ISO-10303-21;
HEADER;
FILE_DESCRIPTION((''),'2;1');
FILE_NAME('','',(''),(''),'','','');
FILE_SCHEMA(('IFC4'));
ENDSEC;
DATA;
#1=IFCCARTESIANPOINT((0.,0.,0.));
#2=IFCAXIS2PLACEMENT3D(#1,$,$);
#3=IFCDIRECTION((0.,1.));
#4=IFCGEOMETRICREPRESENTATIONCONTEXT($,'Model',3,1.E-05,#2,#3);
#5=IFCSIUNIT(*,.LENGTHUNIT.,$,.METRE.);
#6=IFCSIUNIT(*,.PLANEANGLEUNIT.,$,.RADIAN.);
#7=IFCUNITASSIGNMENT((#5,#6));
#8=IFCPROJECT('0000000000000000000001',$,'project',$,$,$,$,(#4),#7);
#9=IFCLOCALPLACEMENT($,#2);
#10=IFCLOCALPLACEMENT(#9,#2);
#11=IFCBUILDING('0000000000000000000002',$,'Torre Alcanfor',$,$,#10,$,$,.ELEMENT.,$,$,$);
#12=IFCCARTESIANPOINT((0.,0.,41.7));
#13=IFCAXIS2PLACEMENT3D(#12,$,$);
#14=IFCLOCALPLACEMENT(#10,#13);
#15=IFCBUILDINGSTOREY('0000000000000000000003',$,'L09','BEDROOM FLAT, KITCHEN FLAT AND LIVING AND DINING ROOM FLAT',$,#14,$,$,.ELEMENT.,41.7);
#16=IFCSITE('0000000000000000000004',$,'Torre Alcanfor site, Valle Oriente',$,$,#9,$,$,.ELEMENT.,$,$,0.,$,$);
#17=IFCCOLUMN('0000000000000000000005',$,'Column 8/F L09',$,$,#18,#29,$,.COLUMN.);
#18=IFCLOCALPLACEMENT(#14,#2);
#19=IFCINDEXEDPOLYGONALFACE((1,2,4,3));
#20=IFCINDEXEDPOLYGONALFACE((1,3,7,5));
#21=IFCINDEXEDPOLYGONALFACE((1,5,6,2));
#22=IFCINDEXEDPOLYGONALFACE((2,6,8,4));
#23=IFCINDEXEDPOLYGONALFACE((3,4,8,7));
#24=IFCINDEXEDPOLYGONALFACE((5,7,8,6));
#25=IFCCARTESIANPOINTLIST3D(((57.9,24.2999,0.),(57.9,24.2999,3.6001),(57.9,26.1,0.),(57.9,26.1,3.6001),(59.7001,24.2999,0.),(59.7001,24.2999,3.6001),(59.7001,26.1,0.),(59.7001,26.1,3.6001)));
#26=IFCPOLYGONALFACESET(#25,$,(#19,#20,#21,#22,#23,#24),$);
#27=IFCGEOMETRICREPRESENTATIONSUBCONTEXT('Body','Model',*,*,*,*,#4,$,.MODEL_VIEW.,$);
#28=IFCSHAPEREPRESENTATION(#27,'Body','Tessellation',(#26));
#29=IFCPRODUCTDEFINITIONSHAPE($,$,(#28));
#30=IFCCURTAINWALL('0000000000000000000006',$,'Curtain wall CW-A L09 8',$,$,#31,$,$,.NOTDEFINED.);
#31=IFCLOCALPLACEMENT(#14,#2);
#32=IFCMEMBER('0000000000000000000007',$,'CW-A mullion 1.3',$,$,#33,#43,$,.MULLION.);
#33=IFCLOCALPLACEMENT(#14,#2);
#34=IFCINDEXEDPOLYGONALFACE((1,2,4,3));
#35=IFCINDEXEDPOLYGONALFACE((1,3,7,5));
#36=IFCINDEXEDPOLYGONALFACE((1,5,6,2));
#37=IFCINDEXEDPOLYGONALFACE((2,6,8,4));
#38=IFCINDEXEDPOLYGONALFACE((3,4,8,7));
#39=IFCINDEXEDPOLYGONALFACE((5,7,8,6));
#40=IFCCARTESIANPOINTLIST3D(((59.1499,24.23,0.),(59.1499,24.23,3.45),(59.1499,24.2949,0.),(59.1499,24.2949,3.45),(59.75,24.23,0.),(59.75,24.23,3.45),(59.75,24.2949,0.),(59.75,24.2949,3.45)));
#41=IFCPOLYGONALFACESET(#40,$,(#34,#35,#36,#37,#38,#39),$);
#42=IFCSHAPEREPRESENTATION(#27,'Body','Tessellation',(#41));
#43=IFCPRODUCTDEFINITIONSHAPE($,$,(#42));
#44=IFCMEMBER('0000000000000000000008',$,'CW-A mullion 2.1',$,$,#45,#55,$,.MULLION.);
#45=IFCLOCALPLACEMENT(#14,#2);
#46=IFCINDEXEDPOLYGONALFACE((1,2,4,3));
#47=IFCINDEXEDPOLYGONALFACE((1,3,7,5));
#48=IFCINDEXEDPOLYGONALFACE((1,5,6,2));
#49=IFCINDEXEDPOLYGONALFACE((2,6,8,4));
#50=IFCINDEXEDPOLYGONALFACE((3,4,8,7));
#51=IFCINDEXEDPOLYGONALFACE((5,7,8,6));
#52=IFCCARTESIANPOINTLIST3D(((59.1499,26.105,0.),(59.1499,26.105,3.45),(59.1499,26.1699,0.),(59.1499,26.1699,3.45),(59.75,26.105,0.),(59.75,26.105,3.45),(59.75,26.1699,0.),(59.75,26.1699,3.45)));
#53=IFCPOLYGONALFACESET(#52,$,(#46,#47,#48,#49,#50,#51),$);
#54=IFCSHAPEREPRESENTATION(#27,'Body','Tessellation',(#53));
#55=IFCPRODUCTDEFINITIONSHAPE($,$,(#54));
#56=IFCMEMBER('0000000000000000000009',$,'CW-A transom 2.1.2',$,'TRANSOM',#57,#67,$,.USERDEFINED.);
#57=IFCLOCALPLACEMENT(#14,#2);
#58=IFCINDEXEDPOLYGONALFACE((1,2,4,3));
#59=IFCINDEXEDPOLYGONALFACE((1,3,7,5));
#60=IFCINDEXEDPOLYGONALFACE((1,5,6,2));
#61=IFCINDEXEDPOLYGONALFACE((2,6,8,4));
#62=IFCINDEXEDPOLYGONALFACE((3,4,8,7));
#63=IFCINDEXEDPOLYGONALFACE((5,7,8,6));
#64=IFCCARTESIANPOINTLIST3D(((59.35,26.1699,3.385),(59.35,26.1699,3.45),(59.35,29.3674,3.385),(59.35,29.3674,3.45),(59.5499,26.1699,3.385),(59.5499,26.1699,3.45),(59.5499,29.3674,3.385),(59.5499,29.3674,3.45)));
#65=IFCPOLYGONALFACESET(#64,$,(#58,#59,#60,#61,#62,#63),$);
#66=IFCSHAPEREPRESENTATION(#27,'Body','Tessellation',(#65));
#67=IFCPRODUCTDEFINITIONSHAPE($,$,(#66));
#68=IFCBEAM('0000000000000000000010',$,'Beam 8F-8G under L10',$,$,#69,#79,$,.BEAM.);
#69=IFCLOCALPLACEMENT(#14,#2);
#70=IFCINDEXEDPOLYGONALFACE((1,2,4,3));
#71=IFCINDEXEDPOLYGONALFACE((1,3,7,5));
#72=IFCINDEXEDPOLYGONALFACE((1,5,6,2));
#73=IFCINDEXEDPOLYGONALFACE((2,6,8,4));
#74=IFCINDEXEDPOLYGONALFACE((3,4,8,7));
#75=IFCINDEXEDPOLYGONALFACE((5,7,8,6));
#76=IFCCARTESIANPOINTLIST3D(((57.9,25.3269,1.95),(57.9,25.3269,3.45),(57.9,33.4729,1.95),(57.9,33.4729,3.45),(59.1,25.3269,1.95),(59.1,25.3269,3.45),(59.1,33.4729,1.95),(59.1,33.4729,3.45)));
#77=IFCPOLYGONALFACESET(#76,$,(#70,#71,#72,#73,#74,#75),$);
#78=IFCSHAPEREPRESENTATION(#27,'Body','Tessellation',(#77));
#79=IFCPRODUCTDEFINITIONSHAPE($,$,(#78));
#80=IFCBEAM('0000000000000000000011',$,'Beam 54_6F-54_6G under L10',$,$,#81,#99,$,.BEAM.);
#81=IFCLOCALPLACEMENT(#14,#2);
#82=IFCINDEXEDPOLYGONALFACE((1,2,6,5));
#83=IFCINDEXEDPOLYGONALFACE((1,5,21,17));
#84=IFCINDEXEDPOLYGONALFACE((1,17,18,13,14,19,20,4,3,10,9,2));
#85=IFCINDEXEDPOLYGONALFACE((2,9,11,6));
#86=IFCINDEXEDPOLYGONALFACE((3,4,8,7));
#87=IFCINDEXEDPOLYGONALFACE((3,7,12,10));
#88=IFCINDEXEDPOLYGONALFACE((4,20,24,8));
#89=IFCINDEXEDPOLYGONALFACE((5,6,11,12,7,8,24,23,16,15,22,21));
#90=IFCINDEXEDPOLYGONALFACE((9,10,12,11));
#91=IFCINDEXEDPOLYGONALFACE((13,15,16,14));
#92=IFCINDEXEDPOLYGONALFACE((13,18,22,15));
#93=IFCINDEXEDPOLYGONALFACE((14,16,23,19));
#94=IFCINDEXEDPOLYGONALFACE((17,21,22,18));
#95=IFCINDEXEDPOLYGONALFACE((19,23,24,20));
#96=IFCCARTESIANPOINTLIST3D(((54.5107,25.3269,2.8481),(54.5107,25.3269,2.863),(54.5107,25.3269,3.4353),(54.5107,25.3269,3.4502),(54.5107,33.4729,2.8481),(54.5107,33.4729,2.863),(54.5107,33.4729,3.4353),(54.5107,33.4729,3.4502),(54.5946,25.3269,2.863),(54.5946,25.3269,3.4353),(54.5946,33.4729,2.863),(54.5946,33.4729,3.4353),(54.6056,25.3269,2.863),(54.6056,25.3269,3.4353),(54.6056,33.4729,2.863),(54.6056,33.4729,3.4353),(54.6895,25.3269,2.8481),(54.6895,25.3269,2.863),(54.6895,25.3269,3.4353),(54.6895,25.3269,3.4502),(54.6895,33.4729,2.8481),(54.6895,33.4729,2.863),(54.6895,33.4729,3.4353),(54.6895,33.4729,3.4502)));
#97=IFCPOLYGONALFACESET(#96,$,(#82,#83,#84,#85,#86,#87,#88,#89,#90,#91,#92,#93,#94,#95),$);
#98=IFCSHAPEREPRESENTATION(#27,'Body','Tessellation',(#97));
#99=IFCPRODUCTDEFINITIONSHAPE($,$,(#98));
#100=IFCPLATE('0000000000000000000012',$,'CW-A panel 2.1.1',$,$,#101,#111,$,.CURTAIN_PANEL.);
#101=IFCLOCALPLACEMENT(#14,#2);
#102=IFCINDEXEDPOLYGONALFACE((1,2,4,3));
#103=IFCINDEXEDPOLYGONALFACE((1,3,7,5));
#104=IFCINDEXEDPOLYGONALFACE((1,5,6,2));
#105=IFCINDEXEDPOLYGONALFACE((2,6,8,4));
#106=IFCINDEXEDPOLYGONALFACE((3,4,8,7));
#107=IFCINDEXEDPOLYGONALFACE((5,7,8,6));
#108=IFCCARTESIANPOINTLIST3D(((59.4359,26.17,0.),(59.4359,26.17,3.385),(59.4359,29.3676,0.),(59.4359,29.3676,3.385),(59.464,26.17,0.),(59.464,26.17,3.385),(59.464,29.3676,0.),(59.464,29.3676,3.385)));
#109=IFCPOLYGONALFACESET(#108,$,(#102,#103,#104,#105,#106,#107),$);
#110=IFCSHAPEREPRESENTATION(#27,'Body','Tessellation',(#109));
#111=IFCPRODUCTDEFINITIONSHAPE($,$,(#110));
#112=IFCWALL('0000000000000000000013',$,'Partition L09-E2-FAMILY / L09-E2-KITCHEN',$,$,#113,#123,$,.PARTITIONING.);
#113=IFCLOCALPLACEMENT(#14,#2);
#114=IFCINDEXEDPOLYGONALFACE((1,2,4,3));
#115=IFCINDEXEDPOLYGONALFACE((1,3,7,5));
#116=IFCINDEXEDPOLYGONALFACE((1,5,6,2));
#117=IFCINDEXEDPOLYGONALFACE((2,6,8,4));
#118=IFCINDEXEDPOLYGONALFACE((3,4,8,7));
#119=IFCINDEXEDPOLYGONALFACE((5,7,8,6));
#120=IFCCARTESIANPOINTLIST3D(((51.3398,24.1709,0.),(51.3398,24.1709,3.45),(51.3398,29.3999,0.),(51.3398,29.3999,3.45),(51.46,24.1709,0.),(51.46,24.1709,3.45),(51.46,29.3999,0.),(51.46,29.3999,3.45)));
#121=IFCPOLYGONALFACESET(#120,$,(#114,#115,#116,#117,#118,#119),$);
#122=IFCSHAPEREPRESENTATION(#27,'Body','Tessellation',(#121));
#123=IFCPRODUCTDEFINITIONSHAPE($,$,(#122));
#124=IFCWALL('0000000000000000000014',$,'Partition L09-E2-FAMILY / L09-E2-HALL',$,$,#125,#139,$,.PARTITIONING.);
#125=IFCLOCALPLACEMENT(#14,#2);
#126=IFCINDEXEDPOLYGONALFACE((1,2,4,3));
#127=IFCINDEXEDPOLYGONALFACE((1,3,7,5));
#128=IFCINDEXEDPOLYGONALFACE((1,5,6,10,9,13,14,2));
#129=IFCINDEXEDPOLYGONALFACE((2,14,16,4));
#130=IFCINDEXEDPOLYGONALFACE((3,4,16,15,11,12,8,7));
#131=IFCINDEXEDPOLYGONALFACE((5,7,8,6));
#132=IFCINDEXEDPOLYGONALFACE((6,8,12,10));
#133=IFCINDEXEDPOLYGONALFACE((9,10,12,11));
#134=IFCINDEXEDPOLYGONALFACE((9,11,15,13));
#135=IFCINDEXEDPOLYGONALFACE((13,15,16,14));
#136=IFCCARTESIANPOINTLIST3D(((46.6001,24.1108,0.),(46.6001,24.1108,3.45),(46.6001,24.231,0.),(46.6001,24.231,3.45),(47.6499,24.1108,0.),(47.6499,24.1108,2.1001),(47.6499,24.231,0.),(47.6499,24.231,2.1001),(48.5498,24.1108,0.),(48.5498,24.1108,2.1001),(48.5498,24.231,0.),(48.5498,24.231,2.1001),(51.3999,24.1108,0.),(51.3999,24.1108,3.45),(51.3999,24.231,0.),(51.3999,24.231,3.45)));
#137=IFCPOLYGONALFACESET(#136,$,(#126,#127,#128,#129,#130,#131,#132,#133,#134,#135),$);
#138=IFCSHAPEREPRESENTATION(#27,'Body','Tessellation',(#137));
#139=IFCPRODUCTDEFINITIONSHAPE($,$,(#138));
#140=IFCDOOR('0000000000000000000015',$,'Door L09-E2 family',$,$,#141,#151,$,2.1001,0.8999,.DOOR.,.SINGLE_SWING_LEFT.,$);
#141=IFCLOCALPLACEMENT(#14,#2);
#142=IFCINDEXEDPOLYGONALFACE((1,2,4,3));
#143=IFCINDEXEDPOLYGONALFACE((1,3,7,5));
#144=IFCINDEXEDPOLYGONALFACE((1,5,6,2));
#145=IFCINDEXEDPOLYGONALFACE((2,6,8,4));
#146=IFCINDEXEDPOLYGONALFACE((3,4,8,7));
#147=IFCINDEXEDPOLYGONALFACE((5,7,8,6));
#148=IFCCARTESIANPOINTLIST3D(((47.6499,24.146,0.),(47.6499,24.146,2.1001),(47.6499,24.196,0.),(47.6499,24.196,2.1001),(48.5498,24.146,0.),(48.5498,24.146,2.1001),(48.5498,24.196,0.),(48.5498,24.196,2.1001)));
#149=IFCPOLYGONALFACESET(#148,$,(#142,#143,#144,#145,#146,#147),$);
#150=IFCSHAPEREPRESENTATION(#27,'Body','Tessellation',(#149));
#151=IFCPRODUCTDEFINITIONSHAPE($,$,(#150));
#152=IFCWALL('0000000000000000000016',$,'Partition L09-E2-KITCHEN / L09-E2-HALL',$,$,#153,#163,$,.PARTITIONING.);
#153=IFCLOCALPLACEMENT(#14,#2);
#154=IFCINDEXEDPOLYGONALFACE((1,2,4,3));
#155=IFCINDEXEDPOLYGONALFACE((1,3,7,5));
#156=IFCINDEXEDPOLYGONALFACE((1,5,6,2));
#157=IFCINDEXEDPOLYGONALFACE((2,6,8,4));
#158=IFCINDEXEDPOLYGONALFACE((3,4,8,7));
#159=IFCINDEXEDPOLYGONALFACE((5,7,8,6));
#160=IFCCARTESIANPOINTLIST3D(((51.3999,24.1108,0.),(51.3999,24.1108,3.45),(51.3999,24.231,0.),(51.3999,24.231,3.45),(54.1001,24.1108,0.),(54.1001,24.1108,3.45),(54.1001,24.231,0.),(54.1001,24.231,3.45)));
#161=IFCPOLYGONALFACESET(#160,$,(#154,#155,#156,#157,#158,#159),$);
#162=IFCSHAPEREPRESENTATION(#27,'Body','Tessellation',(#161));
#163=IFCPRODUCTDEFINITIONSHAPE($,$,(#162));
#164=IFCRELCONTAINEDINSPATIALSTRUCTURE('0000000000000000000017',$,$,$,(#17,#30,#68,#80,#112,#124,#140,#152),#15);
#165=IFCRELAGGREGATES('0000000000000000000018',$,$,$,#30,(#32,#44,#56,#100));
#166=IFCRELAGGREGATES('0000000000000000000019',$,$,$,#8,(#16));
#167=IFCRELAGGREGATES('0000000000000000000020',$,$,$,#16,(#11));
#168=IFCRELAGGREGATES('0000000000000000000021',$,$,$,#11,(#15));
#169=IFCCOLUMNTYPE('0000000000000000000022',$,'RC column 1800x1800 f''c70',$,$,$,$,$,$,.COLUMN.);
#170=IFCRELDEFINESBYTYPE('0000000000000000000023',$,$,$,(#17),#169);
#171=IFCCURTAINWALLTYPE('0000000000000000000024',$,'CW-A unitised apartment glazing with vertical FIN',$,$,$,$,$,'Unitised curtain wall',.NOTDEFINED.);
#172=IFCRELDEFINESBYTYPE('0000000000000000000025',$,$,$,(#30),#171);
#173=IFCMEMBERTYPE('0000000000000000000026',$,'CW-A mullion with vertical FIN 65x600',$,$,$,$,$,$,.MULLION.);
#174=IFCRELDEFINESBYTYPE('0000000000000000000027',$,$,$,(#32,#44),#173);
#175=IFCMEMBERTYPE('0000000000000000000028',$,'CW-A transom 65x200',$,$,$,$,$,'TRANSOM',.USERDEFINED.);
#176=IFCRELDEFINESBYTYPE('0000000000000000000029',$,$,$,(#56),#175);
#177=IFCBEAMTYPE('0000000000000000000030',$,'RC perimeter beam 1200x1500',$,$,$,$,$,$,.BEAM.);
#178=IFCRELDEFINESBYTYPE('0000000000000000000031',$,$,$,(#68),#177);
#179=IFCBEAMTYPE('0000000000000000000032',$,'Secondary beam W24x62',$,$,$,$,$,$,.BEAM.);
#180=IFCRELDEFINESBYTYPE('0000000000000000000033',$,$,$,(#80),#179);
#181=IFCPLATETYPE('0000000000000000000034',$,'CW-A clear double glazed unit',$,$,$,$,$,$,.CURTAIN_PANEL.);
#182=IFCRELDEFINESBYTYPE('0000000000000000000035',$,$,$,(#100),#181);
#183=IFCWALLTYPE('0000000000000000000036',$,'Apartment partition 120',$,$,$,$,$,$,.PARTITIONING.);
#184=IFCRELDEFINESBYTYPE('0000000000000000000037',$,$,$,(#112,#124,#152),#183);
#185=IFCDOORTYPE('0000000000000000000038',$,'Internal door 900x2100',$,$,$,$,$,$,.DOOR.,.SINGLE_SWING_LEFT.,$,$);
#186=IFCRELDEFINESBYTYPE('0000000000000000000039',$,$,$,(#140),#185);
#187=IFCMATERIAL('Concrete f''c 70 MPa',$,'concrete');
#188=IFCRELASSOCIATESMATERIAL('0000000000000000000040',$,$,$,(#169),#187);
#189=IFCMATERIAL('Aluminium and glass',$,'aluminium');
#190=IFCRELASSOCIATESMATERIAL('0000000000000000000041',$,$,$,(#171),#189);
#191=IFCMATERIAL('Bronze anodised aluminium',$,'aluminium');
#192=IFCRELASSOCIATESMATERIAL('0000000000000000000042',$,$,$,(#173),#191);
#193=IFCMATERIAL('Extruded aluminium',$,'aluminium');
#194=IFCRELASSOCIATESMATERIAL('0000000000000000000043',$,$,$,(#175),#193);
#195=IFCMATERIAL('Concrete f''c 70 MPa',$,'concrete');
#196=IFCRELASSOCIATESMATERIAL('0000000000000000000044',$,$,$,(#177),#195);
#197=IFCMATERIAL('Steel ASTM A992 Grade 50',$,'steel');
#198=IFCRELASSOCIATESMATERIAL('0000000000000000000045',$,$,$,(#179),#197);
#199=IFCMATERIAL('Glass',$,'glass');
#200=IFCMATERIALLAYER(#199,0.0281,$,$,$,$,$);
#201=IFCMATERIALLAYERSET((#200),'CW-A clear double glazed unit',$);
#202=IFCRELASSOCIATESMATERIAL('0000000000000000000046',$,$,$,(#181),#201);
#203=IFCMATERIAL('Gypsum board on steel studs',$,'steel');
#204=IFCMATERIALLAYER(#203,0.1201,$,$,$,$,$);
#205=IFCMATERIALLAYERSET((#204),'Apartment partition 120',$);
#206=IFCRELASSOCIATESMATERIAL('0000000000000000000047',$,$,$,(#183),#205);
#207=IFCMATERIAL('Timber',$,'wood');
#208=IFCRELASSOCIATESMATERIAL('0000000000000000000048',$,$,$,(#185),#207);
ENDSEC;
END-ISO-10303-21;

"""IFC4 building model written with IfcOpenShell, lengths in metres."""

from ifc_helpers import new_model, si_unit, direction, frame, frame_2d, origin, origin_2d, place, context, subcontext, project, spatial, rectangle, i_section, extrude, material, layer, layer_set, material_profile, profile_set, type_object, element, fill, aggregate, save


model = new_model("IFC4")

# Units and contexts
model_context = context("Model", 3, precision=1e-05, world=origin(), true_north=direction((0.0, 1.0)))
body_context = subcontext(model_context, "Body", "Model", "MODEL_VIEW")
ifc_project = project(units=[si_unit("LENGTHUNIT", "METRE"), si_unit("PLANEANGLEUNIT", "RADIAN")], contexts=[model_context])

# Site, building, storey
site_placement = place(None, origin())
site = spatial("IfcSite", under=ifc_project, at=site_placement, Name="Torre Alcanfor site, Valle Oriente", CompositionType="ELEMENT", RefElevation=0.0)
building_placement = place(site_placement, origin())
building = spatial("IfcBuilding", under=site, at=building_placement, Name="Torre Alcanfor", CompositionType="ELEMENT")
storey_placement = place(building_placement, frame((0.0, 0.0, 41.7)))
storey = spatial("IfcBuildingStorey", under=building, at=storey_placement, Name="L09", Description="BEDROOM FLAT, KITCHEN FLAT AND LIVING AND DINING ROOM FLAT", CompositionType="ELEMENT", Elevation=41.7)

# Column
ifc_material_1 = material(Name="Concrete f'c 70 MPa", Category="concrete")
ifc_material_profile_1 = material_profile(ifc_material_1, rectangle(XDim=1.8, YDim=1.8, at=origin_2d()), Name="1800x1800")
ifc_profile_set_1 = profile_set([ifc_material_profile_1], Name="Concrete f'c 70 MPa")
column_type = type_object("IfcColumnType", Name="RC column 1800x1800 f'c70", PredefinedType="COLUMN", material=ifc_profile_set_1)
column_placement = place(storey_placement, frame((58.8, 25.2, 0.0), z_axis=(0.0, 0.0, 1.0), x_axis=(1.0, 0.0, 0.0)))
element("IfcColumn", 1, at=column_placement, inside=storey, type_object=column_type, Name="Column 8/F L09", PredefinedType="COLUMN", context=body_context, shape_type="SweptSolid", body=[
    extrude(rectangle(XDim=1.8, YDim=1.8, at=origin_2d()), origin(), (0.0, 0.0, 1.0), 3.6001),
])

# Curtain wall, members
ifc_material_2 = material(Name="Aluminium and glass", Category="aluminium")
curtain_wall_type = type_object("IfcCurtainWallType", Name="CW-A unitised apartment glazing with vertical FIN", ElementType="Unitised curtain wall", PredefinedType="NOTDEFINED", material=ifc_material_2)
curtain_wall_placement = place(storey_placement, origin())
curtain_wall = element("IfcCurtainWall", 2, at=curtain_wall_placement, inside=storey, type_object=curtain_wall_type, Name="Curtain wall CW-A L09 8", PredefinedType="NOTDEFINED")
ifc_material_3 = material(Name="Bronze anodised aluminium", Category="aluminium")
ifc_material_profile_2 = material_profile(ifc_material_3, rectangle(XDim=0.6001, YDim=0.0649, at=origin_2d()), Name="CW-A mullion 65x600")
ifc_profile_set_2 = profile_set([ifc_material_profile_2], Name="Bronze anodised aluminium")
member_type_1 = type_object("IfcMemberType", Name="CW-A mullion with vertical FIN 65x600", PredefinedType="MULLION", material=ifc_profile_set_2)
member_1_placement = place(storey_placement, frame((59.45, 24.2625, 0.0), z_axis=(0.0, 0.0, 1.0), x_axis=(-1.0, 0.0, 0.0)))
member_1 = element("IfcMember", 3, at=member_1_placement, type_object=member_type_1, Name="CW-A mullion 1.3", PredefinedType="MULLION", context=body_context, shape_type="SweptSolid", body=[
    extrude(rectangle(XDim=0.6001, YDim=0.0649, at=origin_2d()), origin(), (0.0, 0.0, 1.0), 3.45),
])
member_2_placement = place(storey_placement, frame((59.45, 26.1375, 0.0), z_axis=(0.0, 0.0, 1.0), x_axis=(-1.0, 0.0, 0.0)))
member_2 = element("IfcMember", 4, at=member_2_placement, type_object=member_type_1, Name="CW-A mullion 2.1", PredefinedType="MULLION", context=body_context, shape_type="SweptSolid", body=[
    extrude(rectangle(XDim=0.6001, YDim=0.0649, at=origin_2d()), origin(), (0.0, 0.0, 1.0), 3.45),
])
ifc_material_4 = material(Name="Extruded aluminium", Category="aluminium")
ifc_material_profile_3 = material_profile(ifc_material_4, rectangle(XDim=0.2, YDim=0.0649, at=origin_2d()), Name="CW-A transom 200x65")
ifc_profile_set_3 = profile_set([ifc_material_profile_3], Name="Extruded aluminium")
member_type_2 = type_object("IfcMemberType", Name="CW-A transom 65x200", ElementType="TRANSOM", PredefinedType="USERDEFINED", material=ifc_profile_set_3)
member_3_placement = place(storey_placement, frame((59.45, 26.1699, 3.4175), z_axis=(0.0, 1.0, 0.0), x_axis=(-1.0, 0.0, 0.0)))
member_3 = element("IfcMember", 5, at=member_3_placement, type_object=member_type_2, Name="CW-A transom 2.1.2", ObjectType="TRANSOM", PredefinedType="USERDEFINED", context=body_context, shape_type="SweptSolid", body=[
    extrude(rectangle(XDim=0.2, YDim=0.0649, at=origin_2d()), origin(), (0.0, 0.0, 1.0), 3.1975),
])

# Beams
ifc_material_5 = material(Name="Concrete f'c 70 MPa", Category="concrete")
ifc_material_profile_4 = material_profile(ifc_material_5, rectangle(XDim=1.2, YDim=1.5, at=origin_2d()), Name="1200x1500")
ifc_profile_set_4 = profile_set([ifc_material_profile_4], Name="Concrete f'c 70 MPa")
beam_type_1 = type_object("IfcBeamType", Name="RC perimeter beam 1200x1500", PredefinedType="BEAM", material=ifc_profile_set_4)
beam_1_placement = place(storey_placement, frame((58.5, 25.3269, 2.7), z_axis=(0.0, 1.0, 0.0), x_axis=(-1.0, 0.0, 0.0)))
element("IfcBeam", 6, at=beam_1_placement, inside=storey, type_object=beam_type_1, Name="Beam 8F-8G under L10", PredefinedType="BEAM", context=body_context, shape_type="SweptSolid", body=[
    extrude(rectangle(XDim=1.2, YDim=1.5, at=origin_2d()), origin(), (0.0, 0.0, 1.0), 8.146),
])
ifc_material_6 = material(Name="Steel ASTM A992 Grade 50", Category="steel")
ifc_material_profile_5 = material_profile(ifc_material_6, i_section(OverallWidth=0.1787, OverallDepth=0.6021, WebThickness=0.011, FlangeThickness=0.0149, at=origin_2d()), Name="W24x62")
ifc_profile_set_5 = profile_set([ifc_material_profile_5], Name="Steel ASTM A992 Grade 50")
beam_type_2 = type_object("IfcBeamType", Name="Secondary beam W24x62", PredefinedType="BEAM", material=ifc_profile_set_5)
beam_2_placement = place(storey_placement, frame((54.6001, 25.3269, 3.1492), z_axis=(0.0, 1.0, 0.0), x_axis=(-1.0, 0.0, 0.0)))
element("IfcBeam", 7, at=beam_2_placement, inside=storey, type_object=beam_type_2, Name="Beam 54_6F-54_6G under L10", PredefinedType="BEAM", context=body_context, shape_type="SweptSolid", body=[
    extrude(i_section(OverallWidth=0.1787, OverallDepth=0.6021, WebThickness=0.011, FlangeThickness=0.0149, at=origin_2d()), origin(), (0.0, 0.0, 1.0), 8.146),
])

# Plate
ifc_material_7 = material(Name="Glass", Category="glass")
ifc_layer_1 = layer(ifc_material_7, 0.0281)
ifc_layer_set_1 = layer_set([ifc_layer_1], Name="CW-A clear double glazed unit")
plate_type = type_object("IfcPlateType", Name="CW-A clear double glazed unit", PredefinedType="CURTAIN_PANEL", material=ifc_layer_set_1)
plate_placement = place(storey_placement, frame((59.45, 27.7688, 0.0), z_axis=(0.0, 0.0, 1.0), x_axis=(0.0, 1.0, 0.0)))
plate = element("IfcPlate", 8, at=plate_placement, type_object=plate_type, Name="CW-A panel 2.1.1", PredefinedType="CURTAIN_PANEL", context=body_context, shape_type="SweptSolid", body=[
    extrude(rectangle(XDim=3.1975, YDim=0.0281, at=origin_2d()), origin(), (0.0, 0.0, 1.0), 3.385),
])
aggregate(curtain_wall, [member_1, member_2, member_3, plate])

# Wall
ifc_material_8 = material(Name="Gypsum board on steel studs", Category="steel")
ifc_layer_2 = layer(ifc_material_8, 0.1201)
ifc_layer_set_2 = layer_set([ifc_layer_2], Name="Apartment partition 120")
wall_type_1 = type_object("IfcWallType", Name="Apartment partition 120", PredefinedType="PARTITIONING", material=ifc_layer_set_2)
wall_1_placement = place(storey_placement, frame((51.3999, 29.3999, 0.0), z_axis=(0.0, 0.0, 1.0), x_axis=(0.0, -1.0, 0.0)))
element("IfcWall", 9, at=wall_1_placement, inside=storey, type_object=wall_type_1, Name="Partition L09-E2-FAMILY / L09-E2-KITCHEN", PredefinedType="PARTITIONING", context=body_context, shape_type="SweptSolid", body=[
    extrude(rectangle(XDim=5.229, YDim=0.1201, at=frame_2d((2.6145, 0.0))), origin(), (0.0, 0.0, 1.0), 3.45),
])

# Wall, opening, door
wall_2_placement = place(storey_placement, frame((51.3999, 24.1709, 0.0), z_axis=(0.0, 0.0, 1.0), x_axis=(-1.0, 0.0, 0.0)))
wall_2 = element("IfcWall", 10, at=wall_2_placement, inside=storey, type_object=wall_type_1, Name="Partition L09-E2-FAMILY / L09-E2-HALL", PredefinedType="PARTITIONING", context=body_context, shape_type="SweptSolid", body=[
    extrude(rectangle(XDim=4.7998, YDim=0.1201, at=frame_2d((2.3999, 0.0))), origin(), (0.0, 0.0, 1.0), 3.45),
])
opening_1_placement = place(wall_2_placement, frame((2.8501, 0.0, 0.0)))
opening_1 = element("IfcOpeningElement", 11, at=opening_1_placement, cuts=wall_2, PredefinedType="OPENING", context=body_context, shape_type="SweptSolid", body=[
    extrude(rectangle(XDim=0.8999, YDim=2.1001, at=frame_2d((0.45, 1.05))), frame((0.0, 0.0701, 0.0), z_axis=(0.0, -1.0, 0.0), x_axis=(1.0, 0.0, 0.0)), (0.0, 0.0, 1.0), 0.1401),
])
ifc_material_9 = material(Name="Timber", Category="wood")
door_type = type_object("IfcDoorType", Name="Internal door 900x2100", OperationType="SINGLE_SWING_LEFT", PredefinedType="DOOR", material=ifc_material_9)
door_1_placement = place(opening_1_placement, frame((0.8999, 0.0, 0.0), z_axis=(0.0, 0.0, 1.0), x_axis=(-1.0, 0.0, 0.0)))
door_1 = element("IfcDoor", 12, at=door_1_placement, inside=storey, type_object=door_type, Name="Door L09-E2 family", OperationType="SINGLE_SWING_LEFT", OverallHeight=2.1001, OverallWidth=0.8999, PredefinedType="DOOR", context=body_context, shape_type="SweptSolid", body=[
    extrude(rectangle(XDim=0.8999, YDim=2.1001, at=frame_2d((0.45, 1.05))), frame((0.0, 0.0251, 0.0), z_axis=(0.0, -1.0, 0.0), x_axis=(1.0, 0.0, 0.0)), (0.0, 0.0, 1.0), 0.05),
])
fill(opening_1, door_1)

# Wall
wall_3_placement = place(storey_placement, frame((54.1001, 24.1709, 0.0), z_axis=(0.0, 0.0, 1.0), x_axis=(-1.0, 0.0, 0.0)))
element("IfcWall", 13, at=wall_3_placement, inside=storey, type_object=wall_type_1, Name="Partition L09-E2-KITCHEN / L09-E2-HALL", PredefinedType="PARTITIONING", context=body_context, shape_type="SweptSolid", body=[
    extrude(rectangle(XDim=2.7002, YDim=0.1201, at=frame_2d((1.3501, 0.0))), origin(), (0.0, 0.0, 1.0), 3.45),
])

save(model, "model.ifc")
